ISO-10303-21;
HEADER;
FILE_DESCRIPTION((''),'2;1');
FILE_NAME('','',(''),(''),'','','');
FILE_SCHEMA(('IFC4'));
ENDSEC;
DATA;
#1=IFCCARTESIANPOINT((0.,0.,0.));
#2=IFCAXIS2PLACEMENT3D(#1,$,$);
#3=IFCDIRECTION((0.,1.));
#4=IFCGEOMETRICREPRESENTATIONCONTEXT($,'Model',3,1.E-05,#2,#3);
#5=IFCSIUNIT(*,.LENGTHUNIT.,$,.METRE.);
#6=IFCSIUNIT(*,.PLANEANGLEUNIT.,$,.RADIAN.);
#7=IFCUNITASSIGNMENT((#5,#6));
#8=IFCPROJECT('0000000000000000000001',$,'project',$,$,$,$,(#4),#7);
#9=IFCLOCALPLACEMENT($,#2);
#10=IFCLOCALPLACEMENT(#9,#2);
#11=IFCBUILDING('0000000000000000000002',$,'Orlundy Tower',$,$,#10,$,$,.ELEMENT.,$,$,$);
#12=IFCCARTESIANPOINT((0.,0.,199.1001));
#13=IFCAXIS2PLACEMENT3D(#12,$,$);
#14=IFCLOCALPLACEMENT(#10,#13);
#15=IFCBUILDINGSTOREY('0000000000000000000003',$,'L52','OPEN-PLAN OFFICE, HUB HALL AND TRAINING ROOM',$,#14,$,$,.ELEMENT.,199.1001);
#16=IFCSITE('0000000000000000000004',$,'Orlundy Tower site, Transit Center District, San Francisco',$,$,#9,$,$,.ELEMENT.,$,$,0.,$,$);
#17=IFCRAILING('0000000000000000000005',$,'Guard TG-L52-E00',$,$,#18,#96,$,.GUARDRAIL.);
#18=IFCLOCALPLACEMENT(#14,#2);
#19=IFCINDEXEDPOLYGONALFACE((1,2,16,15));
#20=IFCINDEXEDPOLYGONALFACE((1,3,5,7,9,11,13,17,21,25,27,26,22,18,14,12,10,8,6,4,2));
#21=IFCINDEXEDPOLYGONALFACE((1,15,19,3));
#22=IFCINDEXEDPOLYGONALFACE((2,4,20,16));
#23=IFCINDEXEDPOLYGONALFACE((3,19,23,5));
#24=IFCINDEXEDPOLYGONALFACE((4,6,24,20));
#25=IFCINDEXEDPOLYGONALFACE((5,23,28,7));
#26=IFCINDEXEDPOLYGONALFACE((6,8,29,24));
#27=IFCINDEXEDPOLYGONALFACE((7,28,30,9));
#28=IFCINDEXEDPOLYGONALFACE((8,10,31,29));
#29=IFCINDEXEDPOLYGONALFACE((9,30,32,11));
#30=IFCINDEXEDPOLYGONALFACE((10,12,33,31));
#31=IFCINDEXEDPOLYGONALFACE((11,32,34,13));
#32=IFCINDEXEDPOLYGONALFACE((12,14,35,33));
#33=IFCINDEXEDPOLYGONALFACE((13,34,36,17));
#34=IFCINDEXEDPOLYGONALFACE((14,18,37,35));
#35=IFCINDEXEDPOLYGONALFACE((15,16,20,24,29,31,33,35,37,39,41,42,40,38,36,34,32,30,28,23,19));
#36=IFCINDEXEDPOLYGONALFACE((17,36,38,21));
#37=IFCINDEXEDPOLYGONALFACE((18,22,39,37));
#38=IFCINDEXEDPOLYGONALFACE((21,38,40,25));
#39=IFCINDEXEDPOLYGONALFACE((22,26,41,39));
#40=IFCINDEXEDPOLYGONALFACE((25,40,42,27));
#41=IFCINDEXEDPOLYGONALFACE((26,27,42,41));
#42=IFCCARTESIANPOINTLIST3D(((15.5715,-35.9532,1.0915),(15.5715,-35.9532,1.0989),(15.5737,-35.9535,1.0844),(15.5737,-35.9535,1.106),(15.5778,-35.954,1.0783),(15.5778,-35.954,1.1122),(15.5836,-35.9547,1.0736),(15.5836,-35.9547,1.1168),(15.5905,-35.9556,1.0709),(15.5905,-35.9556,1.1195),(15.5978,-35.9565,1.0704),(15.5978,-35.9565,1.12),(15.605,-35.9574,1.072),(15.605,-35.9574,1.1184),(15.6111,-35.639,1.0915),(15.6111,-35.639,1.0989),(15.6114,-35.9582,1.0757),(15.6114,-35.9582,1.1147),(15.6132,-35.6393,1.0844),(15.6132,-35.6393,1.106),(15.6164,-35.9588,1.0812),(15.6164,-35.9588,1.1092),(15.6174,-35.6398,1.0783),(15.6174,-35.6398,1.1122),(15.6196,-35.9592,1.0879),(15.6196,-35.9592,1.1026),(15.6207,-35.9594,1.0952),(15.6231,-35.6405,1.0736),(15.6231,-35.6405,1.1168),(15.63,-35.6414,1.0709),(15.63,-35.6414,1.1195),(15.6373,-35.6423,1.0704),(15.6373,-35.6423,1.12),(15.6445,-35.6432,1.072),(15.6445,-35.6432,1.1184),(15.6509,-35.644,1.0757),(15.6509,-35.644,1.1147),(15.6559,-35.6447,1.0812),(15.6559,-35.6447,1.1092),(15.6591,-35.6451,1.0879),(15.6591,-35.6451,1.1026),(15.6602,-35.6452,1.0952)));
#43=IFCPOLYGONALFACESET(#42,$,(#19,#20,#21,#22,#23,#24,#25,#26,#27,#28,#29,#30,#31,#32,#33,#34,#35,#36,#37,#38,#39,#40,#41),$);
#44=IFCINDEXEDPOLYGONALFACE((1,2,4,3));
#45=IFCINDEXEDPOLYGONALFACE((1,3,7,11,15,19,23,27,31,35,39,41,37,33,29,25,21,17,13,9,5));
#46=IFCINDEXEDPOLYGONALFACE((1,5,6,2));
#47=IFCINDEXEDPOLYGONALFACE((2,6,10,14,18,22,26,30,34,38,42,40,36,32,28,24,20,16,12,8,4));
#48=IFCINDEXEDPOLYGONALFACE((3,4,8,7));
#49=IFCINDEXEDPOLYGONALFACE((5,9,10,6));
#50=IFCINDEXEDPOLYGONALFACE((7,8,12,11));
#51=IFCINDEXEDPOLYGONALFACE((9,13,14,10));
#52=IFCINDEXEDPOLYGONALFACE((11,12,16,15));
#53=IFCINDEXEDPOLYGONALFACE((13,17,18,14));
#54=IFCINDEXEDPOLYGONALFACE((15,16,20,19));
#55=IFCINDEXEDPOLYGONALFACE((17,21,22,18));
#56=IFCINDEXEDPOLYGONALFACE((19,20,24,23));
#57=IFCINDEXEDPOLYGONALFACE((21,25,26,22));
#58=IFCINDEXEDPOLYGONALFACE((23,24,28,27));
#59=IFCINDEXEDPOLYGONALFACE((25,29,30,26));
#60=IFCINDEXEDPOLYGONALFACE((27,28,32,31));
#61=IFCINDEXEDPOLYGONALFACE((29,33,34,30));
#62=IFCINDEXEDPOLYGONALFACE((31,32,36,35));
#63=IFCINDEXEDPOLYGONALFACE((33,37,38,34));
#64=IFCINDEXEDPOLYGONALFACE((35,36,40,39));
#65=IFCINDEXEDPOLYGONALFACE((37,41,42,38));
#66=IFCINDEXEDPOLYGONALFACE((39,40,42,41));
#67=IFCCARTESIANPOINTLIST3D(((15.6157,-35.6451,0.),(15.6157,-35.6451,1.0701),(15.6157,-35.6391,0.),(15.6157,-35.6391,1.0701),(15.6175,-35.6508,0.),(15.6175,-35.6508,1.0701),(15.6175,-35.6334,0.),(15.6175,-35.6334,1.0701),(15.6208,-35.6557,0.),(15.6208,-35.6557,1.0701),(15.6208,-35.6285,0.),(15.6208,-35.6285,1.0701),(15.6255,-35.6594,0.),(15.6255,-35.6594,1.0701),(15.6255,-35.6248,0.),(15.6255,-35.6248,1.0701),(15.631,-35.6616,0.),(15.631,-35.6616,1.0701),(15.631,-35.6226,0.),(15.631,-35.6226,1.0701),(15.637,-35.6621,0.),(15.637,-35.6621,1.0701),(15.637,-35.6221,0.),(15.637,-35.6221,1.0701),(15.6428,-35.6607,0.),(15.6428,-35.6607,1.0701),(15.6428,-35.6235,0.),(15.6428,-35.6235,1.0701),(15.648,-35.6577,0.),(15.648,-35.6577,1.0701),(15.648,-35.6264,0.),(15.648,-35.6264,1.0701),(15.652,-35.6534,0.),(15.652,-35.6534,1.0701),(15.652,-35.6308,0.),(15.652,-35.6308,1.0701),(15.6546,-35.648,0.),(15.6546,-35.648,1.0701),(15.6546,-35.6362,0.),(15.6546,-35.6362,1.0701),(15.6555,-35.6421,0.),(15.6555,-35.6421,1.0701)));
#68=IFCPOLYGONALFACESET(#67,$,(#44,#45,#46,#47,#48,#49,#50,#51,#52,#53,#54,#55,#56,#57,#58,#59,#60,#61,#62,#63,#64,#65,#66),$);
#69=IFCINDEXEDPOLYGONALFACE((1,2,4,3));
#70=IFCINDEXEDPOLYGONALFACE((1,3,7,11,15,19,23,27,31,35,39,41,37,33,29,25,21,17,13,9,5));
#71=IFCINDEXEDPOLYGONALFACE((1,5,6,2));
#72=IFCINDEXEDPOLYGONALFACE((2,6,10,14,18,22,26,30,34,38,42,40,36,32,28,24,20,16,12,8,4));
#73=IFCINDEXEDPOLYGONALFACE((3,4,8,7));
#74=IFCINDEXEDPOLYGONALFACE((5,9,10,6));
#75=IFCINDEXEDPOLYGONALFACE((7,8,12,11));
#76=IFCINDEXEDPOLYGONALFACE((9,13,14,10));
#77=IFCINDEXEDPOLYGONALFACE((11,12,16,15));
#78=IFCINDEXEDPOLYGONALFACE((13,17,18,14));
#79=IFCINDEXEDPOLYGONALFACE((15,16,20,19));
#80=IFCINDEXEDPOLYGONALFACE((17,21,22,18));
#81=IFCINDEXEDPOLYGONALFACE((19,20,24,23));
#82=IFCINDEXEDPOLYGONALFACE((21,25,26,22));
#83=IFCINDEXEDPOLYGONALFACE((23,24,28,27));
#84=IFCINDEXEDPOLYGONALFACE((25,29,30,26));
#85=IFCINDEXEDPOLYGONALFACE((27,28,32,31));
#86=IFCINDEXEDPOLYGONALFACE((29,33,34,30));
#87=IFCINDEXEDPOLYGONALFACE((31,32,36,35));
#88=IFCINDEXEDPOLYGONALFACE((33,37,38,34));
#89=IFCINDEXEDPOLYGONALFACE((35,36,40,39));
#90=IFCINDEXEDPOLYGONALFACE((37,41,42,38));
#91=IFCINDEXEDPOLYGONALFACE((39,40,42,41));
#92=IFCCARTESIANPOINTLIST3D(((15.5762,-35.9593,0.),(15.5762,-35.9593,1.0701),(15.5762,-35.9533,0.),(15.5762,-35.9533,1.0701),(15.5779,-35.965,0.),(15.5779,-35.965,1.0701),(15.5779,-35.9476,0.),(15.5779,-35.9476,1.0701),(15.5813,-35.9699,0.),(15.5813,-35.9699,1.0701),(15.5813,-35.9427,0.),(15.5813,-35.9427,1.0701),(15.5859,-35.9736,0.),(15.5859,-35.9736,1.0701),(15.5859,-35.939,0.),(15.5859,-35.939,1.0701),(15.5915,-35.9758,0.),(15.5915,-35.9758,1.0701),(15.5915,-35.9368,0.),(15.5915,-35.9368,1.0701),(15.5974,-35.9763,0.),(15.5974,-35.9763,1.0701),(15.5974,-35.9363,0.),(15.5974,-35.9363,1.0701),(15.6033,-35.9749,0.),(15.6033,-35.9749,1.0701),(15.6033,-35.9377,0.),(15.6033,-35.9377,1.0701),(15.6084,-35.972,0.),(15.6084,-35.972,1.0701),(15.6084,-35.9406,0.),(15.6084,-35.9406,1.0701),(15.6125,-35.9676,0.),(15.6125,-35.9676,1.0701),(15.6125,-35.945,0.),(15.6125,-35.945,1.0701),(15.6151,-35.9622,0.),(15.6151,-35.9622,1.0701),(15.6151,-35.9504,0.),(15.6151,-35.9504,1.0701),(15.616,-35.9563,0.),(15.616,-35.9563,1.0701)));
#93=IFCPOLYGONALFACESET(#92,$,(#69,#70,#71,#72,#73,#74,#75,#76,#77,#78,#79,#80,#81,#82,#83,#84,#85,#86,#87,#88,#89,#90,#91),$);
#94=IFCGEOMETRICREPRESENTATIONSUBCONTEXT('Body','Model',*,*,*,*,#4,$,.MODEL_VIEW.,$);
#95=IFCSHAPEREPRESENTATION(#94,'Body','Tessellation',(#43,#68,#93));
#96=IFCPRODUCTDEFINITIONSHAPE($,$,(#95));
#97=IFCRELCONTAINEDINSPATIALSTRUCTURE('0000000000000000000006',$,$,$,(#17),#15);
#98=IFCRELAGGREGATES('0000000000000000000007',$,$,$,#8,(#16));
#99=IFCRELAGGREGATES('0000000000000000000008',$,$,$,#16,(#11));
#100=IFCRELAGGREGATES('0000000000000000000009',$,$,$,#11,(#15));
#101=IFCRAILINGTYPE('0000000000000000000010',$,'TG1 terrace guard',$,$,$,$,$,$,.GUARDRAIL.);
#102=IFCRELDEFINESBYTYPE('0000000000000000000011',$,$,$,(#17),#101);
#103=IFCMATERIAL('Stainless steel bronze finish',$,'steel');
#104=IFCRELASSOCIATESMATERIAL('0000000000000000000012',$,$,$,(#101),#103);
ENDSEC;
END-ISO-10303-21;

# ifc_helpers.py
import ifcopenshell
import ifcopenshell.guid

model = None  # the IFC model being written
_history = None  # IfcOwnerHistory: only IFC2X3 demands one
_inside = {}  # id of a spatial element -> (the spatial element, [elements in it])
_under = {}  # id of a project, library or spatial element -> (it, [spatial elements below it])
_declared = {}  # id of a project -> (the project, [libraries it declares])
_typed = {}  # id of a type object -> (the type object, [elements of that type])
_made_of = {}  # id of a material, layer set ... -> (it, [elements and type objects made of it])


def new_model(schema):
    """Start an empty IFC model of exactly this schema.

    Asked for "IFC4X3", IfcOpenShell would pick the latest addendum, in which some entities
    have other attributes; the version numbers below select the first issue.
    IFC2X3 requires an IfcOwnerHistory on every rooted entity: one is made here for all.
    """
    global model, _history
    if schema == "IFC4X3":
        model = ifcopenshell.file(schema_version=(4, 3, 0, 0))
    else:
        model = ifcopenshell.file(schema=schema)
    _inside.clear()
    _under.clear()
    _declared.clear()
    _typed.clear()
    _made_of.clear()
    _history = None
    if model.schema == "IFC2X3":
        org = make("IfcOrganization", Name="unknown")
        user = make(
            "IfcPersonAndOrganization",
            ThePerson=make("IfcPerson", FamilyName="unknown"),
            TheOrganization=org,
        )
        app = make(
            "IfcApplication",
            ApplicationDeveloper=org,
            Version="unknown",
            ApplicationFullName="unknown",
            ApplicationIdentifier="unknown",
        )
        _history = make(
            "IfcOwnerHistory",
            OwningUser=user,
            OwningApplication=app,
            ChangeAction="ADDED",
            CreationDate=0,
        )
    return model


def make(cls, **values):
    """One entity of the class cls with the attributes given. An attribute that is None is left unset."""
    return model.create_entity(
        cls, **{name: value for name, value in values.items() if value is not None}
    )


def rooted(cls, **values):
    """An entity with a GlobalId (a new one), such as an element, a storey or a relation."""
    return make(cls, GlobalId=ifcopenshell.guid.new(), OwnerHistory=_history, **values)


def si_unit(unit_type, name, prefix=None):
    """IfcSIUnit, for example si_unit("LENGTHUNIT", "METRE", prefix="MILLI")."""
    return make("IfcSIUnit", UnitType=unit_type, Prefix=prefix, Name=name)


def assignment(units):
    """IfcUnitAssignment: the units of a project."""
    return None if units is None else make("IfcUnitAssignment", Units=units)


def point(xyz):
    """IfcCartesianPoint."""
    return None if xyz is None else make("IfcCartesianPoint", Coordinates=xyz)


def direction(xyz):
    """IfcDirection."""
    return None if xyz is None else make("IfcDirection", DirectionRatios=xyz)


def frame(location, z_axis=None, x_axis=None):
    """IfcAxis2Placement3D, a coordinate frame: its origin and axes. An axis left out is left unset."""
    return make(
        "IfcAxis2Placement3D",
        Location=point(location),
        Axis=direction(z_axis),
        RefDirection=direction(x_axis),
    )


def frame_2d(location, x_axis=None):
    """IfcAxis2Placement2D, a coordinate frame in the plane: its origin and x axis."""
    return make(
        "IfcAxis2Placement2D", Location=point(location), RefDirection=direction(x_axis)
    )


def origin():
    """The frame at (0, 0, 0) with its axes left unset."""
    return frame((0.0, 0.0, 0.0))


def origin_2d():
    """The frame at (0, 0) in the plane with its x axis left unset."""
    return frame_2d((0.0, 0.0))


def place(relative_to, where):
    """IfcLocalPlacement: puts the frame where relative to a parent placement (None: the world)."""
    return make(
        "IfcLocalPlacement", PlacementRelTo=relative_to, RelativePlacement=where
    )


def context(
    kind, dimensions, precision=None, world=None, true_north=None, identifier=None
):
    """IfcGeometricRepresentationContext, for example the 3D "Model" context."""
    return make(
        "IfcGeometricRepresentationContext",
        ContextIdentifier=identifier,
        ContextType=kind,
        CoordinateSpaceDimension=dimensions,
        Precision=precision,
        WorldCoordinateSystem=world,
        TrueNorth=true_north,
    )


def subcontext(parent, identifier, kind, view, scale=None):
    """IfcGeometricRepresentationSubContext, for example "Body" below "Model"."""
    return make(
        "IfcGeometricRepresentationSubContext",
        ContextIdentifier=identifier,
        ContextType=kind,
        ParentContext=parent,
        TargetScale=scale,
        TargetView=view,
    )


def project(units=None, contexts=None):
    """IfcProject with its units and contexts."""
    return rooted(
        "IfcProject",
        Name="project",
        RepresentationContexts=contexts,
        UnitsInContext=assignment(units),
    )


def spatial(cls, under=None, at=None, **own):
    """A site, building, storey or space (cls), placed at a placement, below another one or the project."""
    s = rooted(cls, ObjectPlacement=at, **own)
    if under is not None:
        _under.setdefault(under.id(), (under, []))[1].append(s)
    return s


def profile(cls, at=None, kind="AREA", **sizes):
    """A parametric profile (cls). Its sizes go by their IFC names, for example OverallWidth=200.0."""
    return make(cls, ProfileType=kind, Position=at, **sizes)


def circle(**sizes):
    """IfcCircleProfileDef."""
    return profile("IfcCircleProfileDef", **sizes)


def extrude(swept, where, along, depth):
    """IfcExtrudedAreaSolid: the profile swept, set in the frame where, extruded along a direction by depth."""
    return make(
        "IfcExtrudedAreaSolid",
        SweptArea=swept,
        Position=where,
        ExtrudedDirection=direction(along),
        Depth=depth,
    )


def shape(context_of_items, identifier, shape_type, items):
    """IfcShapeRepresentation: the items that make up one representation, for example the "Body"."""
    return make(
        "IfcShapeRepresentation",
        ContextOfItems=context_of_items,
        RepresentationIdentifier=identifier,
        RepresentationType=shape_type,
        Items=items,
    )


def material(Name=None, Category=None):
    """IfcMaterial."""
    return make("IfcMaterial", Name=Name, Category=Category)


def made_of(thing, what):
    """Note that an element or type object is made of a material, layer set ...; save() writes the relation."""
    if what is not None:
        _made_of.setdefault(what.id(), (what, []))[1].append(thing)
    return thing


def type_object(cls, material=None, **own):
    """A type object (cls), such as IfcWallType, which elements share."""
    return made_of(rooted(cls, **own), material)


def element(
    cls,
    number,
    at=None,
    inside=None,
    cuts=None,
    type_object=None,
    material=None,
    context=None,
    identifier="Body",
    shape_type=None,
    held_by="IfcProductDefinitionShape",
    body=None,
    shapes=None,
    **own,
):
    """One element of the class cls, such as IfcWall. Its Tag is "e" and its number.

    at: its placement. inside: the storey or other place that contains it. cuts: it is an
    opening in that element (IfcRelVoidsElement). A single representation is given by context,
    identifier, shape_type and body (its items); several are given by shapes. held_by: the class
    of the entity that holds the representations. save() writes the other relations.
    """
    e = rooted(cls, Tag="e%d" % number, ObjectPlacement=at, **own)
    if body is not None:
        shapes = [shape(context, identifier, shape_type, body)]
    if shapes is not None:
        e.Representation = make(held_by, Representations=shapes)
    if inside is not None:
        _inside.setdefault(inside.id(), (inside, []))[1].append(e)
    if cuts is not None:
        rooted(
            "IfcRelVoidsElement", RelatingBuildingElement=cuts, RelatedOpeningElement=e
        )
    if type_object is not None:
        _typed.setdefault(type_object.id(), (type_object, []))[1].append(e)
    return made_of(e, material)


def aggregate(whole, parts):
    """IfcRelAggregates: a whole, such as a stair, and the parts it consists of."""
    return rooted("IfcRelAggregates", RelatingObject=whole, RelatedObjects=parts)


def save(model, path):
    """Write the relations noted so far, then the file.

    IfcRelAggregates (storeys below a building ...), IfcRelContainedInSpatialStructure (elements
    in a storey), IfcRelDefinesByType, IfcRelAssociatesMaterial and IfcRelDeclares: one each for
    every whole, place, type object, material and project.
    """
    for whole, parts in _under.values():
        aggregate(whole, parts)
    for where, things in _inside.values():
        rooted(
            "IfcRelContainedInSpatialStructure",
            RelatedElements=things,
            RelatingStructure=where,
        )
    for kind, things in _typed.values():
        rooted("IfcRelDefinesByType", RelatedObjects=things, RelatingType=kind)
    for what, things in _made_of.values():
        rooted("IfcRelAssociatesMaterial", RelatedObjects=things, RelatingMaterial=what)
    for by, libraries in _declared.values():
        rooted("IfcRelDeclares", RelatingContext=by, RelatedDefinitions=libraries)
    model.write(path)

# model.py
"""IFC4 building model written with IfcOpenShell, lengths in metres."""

from ifc_helpers import new_model, si_unit, direction, frame, origin, origin_2d, place, context, subcontext, project, spatial, circle, extrude, material, type_object, element, save


model = new_model("IFC4")

# Units and contexts
model_context = context("Model", 3, precision=1e-05, world=origin(), true_north=direction((0.0, 1.0)))
body_context = subcontext(model_context, "Body", "Model", "MODEL_VIEW")
ifc_project = project(units=[si_unit("LENGTHUNIT", "METRE"), si_unit("PLANEANGLEUNIT", "RADIAN")], contexts=[model_context])

# Site, building, storey
site_placement = place(None, origin())
site = spatial("IfcSite", under=ifc_project, at=site_placement, Name="Orlundy Tower site, Transit Center District, San Francisco", CompositionType="ELEMENT", RefElevation=0.0)
building_placement = place(site_placement, origin())
building = spatial("IfcBuilding", under=site, at=building_placement, Name="Orlundy Tower", CompositionType="ELEMENT")
storey_placement = place(building_placement, frame((0.0, 0.0, 199.1001)))
storey = spatial("IfcBuildingStorey", under=building, at=storey_placement, Name="L52", Description="OPEN-PLAN OFFICE, HUB HALL AND TRAINING ROOM", CompositionType="ELEMENT", Elevation=199.1001)

# Railing
ifc_material_1 = material(Name="Stainless steel bronze finish", Category="steel")
railing_type = type_object("IfcRailingType", Name="TG1 terrace guard", PredefinedType="GUARDRAIL", material=ifc_material_1)
railing_placement = place(storey_placement, frame((15.6355, -35.6421, 0.0)))
element("IfcRailing", 1, at=railing_placement, inside=storey, type_object=railing_type, Name="Guard TG-L52-E00", PredefinedType="GUARDRAIL", context=body_context, shape_type="SweptSolid", body=[
    extrude(circle(Radius=0.0249, at=origin_2d()), frame((0.0, 0.0, 1.0952), z_axis=(-0.124889, -0.992171, 0.0), x_axis=(0.992171, -0.124889, 0.0)), (0.0, 0.0, 1.0), 0.3167),
    extrude(circle(Radius=0.02, at=origin_2d()), origin(), (0.0, 0.0, 1.0), 1.0701),
    extrude(circle(Radius=0.02, at=origin_2d()), frame((-0.0396, -0.3142, 0.0)), (0.0, 0.0, 1.0), 1.0701),
])

save(model, "model.ifc")
